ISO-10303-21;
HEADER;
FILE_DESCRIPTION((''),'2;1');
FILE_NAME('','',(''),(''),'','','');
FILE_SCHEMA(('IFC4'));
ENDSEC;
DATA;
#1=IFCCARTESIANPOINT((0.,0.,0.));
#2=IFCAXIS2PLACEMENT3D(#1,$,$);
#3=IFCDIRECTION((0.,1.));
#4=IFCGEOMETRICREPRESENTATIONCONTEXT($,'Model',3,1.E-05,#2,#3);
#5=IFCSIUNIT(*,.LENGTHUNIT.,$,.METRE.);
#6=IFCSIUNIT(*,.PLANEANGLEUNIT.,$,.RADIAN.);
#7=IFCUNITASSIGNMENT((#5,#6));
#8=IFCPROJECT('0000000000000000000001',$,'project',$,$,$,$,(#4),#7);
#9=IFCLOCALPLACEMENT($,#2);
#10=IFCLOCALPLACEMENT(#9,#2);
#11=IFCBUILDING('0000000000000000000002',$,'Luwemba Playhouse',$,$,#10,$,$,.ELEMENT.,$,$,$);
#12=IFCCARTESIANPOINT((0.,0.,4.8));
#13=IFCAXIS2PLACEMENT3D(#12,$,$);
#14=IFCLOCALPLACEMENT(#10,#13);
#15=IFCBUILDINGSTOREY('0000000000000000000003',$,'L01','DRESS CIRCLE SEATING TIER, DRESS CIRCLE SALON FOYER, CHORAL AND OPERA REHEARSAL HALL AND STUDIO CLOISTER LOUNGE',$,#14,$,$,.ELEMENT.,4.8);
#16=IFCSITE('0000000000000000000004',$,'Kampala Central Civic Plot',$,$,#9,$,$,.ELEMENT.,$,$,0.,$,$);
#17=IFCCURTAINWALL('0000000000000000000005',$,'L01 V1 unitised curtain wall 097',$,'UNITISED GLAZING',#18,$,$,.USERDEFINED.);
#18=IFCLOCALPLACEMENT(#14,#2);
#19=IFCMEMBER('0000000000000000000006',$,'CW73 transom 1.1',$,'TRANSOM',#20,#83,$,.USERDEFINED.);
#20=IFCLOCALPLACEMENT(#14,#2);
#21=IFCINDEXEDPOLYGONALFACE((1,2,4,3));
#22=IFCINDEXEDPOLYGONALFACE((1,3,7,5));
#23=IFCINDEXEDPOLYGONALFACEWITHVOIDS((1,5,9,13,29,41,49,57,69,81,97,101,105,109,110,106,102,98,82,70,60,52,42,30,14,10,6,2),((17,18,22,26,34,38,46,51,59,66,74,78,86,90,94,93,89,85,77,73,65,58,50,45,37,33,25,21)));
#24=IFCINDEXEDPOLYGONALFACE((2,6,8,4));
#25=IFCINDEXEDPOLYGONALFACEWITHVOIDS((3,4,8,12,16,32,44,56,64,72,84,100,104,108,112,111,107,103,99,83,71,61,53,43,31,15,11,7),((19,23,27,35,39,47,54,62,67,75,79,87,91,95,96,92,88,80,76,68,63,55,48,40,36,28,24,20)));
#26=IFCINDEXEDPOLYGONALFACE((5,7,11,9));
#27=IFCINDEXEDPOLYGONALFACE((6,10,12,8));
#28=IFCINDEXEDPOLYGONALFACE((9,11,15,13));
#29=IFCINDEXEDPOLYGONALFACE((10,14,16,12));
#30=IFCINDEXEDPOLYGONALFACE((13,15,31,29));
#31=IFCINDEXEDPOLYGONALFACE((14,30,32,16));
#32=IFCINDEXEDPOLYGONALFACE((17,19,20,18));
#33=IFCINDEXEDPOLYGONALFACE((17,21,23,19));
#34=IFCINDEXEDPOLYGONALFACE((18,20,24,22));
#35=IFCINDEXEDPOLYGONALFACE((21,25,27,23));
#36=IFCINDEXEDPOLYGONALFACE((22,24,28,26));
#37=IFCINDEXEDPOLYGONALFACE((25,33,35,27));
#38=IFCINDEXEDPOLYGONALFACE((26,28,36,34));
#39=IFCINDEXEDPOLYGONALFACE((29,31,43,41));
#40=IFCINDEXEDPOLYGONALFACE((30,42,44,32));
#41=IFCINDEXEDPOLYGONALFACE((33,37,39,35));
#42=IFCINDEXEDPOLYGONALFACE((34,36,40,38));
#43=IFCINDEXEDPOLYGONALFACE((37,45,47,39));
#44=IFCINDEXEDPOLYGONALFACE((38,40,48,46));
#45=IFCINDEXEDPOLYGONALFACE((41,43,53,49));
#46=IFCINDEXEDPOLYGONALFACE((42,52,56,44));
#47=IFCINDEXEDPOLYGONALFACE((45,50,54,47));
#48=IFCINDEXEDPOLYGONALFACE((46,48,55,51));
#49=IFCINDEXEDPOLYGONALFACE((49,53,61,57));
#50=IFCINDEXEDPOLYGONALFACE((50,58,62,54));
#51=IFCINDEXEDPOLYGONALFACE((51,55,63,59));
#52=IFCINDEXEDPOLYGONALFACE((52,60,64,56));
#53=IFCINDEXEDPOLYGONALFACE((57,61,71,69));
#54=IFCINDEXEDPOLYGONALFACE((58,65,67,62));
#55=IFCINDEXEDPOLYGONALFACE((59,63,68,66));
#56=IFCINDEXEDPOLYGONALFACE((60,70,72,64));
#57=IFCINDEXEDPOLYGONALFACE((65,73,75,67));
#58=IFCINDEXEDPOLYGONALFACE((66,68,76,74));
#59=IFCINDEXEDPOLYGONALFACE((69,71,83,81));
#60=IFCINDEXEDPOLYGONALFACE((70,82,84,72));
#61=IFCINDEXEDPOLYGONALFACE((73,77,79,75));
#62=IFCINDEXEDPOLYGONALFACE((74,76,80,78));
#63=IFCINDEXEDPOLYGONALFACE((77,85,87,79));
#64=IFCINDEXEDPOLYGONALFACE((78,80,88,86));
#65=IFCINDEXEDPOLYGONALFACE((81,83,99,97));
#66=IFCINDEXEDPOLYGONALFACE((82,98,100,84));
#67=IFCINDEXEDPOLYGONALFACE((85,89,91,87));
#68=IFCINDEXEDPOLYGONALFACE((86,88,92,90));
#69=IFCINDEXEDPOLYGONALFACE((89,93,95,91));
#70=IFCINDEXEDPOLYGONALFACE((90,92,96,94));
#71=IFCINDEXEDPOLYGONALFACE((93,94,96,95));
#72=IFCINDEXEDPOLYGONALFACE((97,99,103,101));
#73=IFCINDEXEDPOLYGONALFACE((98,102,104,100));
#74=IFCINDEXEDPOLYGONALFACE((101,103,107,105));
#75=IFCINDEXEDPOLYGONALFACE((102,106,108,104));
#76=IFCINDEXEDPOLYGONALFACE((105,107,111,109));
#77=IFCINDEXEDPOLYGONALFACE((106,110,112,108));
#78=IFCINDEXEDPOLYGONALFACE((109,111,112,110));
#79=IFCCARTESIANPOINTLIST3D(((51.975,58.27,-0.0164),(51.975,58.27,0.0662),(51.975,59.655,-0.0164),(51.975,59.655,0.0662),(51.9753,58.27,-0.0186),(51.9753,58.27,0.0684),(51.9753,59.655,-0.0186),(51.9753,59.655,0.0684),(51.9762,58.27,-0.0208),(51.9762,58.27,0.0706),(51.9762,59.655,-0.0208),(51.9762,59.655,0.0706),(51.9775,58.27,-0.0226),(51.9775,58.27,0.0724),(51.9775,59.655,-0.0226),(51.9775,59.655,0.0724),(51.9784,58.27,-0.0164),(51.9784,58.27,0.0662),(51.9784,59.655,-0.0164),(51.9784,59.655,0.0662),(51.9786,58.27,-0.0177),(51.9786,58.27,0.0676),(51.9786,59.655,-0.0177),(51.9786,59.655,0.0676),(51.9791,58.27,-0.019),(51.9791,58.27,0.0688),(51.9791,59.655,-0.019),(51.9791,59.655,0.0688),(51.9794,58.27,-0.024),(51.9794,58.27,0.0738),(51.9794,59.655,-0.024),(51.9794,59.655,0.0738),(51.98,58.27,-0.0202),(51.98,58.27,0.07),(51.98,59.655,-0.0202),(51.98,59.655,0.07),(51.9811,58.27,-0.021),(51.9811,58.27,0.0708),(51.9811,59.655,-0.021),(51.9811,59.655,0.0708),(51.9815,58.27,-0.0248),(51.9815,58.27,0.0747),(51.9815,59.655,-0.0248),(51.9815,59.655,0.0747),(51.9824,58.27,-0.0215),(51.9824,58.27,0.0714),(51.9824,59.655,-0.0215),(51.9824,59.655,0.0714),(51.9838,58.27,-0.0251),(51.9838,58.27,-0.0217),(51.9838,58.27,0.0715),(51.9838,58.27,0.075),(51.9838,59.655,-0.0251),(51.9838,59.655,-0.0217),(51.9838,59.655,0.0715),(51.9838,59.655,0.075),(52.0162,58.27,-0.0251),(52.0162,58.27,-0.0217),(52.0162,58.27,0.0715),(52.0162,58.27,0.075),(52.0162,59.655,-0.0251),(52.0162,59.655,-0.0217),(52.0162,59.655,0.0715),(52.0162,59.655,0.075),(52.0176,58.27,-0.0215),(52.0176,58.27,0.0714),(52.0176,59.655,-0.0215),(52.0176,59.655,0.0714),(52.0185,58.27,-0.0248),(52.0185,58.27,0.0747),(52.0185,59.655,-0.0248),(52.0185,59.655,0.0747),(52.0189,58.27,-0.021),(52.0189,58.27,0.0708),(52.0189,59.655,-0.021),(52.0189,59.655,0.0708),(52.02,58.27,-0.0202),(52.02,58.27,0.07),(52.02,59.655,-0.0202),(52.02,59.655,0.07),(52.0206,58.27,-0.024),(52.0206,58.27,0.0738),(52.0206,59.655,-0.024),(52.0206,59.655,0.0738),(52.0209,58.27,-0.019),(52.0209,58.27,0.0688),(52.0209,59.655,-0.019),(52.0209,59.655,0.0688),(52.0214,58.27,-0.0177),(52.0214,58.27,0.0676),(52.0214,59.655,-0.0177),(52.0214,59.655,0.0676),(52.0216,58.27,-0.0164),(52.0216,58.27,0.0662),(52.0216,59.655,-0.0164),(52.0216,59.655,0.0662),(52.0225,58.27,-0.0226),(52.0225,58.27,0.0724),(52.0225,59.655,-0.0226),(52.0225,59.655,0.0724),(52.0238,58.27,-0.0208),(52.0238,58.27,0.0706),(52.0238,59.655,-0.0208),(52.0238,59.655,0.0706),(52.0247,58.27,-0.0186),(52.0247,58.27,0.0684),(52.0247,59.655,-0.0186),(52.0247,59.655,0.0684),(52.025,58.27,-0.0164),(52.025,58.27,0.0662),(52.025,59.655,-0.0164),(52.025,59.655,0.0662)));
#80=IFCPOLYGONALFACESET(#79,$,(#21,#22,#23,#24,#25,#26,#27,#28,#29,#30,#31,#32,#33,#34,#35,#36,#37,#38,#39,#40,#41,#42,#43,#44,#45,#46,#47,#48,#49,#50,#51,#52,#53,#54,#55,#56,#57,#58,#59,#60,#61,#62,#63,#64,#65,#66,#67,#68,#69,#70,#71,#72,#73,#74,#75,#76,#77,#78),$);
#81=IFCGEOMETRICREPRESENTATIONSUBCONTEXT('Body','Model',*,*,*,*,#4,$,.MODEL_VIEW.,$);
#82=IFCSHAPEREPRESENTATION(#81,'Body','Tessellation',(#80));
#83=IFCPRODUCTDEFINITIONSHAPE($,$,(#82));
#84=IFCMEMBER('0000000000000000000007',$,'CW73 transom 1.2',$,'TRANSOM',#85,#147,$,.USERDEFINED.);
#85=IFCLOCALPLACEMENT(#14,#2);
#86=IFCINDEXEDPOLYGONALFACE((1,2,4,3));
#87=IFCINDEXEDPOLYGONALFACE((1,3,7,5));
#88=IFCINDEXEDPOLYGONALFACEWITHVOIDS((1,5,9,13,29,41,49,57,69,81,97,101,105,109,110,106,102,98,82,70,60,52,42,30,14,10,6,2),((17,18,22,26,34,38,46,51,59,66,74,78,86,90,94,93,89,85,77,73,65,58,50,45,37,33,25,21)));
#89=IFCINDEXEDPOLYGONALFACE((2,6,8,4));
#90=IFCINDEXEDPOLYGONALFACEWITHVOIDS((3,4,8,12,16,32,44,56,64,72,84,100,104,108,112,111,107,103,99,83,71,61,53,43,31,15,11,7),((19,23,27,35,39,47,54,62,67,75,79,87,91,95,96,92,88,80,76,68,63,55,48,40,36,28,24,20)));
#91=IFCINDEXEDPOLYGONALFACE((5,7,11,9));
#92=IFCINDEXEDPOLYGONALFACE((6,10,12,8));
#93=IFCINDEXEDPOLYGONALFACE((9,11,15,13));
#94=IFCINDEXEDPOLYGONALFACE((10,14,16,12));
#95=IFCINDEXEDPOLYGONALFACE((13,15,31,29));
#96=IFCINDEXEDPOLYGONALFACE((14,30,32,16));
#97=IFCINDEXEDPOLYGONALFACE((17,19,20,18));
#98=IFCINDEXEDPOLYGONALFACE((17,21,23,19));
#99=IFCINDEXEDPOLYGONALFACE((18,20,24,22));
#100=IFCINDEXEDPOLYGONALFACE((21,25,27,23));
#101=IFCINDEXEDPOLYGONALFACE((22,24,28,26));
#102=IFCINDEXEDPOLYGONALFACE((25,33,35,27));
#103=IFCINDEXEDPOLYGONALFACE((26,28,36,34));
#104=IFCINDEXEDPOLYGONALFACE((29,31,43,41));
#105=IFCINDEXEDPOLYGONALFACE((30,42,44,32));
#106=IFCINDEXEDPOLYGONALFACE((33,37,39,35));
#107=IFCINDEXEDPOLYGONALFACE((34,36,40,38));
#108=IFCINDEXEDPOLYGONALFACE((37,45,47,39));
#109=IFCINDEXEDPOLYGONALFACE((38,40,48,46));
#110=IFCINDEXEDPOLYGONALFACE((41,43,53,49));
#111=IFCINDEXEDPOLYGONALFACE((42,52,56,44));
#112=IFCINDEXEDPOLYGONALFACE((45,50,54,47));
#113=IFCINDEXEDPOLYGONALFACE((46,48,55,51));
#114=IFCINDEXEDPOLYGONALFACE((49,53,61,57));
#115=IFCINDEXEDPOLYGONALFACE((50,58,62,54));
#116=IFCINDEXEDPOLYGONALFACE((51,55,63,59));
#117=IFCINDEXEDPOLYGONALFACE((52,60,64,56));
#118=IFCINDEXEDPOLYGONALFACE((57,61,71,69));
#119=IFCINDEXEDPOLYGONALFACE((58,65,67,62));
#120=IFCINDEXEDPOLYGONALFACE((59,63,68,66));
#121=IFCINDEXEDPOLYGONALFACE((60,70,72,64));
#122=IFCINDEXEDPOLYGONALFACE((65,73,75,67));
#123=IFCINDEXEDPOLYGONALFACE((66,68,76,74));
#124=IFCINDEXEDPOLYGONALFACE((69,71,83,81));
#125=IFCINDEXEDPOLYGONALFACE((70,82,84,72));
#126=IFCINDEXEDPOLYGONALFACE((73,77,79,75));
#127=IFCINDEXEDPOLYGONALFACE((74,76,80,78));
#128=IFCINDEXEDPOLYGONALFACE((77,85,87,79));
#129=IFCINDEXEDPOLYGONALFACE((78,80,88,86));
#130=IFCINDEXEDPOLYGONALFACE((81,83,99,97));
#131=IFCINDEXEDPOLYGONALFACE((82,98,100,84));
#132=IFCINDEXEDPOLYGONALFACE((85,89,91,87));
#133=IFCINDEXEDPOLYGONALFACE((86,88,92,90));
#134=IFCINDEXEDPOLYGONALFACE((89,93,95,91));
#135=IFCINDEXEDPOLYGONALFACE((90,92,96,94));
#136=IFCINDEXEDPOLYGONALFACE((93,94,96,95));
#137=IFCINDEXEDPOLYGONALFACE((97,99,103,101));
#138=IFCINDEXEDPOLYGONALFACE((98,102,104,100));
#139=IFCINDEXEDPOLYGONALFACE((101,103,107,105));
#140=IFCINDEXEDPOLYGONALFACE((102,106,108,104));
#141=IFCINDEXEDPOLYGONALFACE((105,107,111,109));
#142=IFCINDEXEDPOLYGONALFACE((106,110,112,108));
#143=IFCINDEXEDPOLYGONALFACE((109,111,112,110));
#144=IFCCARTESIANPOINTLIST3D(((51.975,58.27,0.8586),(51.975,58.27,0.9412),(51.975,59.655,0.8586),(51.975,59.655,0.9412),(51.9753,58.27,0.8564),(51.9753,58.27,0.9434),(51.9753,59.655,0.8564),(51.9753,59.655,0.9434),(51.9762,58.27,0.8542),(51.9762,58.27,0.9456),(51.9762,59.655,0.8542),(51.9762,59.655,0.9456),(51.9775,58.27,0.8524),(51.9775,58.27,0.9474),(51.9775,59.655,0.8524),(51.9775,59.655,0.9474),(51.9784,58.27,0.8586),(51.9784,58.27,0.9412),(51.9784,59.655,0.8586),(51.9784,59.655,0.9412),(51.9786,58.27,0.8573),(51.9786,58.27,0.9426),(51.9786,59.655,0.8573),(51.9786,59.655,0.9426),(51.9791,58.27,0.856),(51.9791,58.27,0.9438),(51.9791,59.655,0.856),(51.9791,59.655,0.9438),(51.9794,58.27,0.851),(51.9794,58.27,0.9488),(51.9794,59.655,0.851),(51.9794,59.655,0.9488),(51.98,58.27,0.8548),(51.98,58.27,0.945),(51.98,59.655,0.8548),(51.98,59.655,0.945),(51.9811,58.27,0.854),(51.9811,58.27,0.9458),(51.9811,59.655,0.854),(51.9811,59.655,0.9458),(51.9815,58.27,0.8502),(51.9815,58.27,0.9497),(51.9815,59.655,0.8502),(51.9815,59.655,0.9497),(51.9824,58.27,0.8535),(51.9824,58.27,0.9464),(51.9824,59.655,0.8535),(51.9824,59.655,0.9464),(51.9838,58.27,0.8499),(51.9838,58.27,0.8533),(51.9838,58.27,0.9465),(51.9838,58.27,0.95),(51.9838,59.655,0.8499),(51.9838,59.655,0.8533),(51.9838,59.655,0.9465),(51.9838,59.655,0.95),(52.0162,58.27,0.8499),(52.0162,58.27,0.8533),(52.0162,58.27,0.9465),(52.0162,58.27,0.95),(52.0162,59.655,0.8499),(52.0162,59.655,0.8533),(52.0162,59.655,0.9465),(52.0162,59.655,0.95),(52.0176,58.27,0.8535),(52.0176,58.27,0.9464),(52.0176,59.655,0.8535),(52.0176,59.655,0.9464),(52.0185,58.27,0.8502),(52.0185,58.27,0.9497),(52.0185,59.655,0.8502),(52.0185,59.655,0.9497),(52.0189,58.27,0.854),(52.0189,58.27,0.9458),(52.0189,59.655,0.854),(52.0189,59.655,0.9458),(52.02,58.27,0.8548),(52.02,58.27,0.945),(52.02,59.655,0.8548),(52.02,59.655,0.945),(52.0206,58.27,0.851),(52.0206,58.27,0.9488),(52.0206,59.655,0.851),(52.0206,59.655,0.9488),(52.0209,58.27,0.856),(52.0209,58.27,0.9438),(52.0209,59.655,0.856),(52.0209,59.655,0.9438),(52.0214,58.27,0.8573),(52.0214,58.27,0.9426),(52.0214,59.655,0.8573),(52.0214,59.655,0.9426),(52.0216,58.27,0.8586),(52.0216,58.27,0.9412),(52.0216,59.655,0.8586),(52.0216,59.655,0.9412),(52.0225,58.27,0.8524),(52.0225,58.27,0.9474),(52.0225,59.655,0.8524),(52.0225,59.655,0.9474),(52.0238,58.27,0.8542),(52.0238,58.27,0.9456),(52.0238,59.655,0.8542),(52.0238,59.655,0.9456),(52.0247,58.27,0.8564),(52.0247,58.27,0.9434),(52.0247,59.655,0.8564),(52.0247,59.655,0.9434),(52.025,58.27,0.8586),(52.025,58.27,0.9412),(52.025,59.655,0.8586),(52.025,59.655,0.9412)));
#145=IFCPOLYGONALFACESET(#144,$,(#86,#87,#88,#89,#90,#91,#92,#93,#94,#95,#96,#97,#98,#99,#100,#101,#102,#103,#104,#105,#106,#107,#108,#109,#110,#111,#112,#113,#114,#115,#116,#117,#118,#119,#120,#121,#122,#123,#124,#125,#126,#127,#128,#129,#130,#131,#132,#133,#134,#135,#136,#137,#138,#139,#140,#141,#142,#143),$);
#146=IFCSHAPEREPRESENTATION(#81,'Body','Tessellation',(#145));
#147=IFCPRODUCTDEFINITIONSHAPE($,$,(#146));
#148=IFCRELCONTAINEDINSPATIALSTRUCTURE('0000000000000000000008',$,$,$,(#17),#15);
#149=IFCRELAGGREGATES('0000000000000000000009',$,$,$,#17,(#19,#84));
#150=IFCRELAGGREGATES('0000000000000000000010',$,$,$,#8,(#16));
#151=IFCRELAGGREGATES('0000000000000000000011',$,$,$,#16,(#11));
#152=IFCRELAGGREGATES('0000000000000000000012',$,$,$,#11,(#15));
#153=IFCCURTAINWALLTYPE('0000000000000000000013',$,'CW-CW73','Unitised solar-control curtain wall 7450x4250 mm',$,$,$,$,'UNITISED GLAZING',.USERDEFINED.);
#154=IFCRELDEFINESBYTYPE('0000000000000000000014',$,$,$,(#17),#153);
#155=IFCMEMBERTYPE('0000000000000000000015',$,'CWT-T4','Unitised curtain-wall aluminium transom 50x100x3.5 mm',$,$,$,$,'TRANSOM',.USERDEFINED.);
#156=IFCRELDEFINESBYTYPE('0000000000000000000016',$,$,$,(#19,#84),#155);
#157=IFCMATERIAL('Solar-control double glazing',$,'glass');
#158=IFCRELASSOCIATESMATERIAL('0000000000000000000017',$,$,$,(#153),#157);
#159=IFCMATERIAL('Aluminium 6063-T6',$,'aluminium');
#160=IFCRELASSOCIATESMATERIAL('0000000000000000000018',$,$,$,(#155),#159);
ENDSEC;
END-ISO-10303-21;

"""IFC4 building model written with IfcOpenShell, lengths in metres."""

from ifc_helpers import new_model, si_unit, direction, frame, origin, origin_2d, place, context, subcontext, project, spatial, hollow_rectangle, extrude, material, material_profile, profile_set, type_object, element, aggregate, save


model = new_model("IFC4")

# Units and contexts
model_context = context("Model", 3, precision=1e-05, world=origin(), true_north=direction((0.0, 1.0)))
body_context = subcontext(model_context, "Body", "Model", "MODEL_VIEW")
ifc_project = project(units=[si_unit("LENGTHUNIT", "METRE"), si_unit("PLANEANGLEUNIT", "RADIAN")], contexts=[model_context])

# Site, building, storey
site_placement = place(None, origin())
site = spatial("IfcSite", under=ifc_project, at=site_placement, Name="Kampala Central Civic Plot", CompositionType="ELEMENT", RefElevation=0.0)
building_placement = place(site_placement, origin())
building = spatial("IfcBuilding", under=site, at=building_placement, Name="Luwemba Playhouse", CompositionType="ELEMENT")
storey_placement = place(building_placement, frame((0.0, 0.0, 4.8)))
storey = spatial("IfcBuildingStorey", under=building, at=storey_placement, Name="L01", Description="DRESS CIRCLE SEATING TIER, DRESS CIRCLE SALON FOYER, CHORAL AND OPERA REHEARSAL HALL AND STUDIO CLOISTER LOUNGE", CompositionType="ELEMENT", Elevation=4.8)

# Curtain wall, members
ifc_material_1 = material(Name="Solar-control double glazing", Category="glass")
curtain_wall_type = type_object("IfcCurtainWallType", Name="CW-CW73", Description="Unitised solar-control curtain wall 7450x4250 mm", ElementType="UNITISED GLAZING", PredefinedType="USERDEFINED", material=ifc_material_1)
curtain_wall_placement = place(storey_placement, origin())
curtain_wall = element("IfcCurtainWall", 1, at=curtain_wall_placement, inside=storey, type_object=curtain_wall_type, Name="L01 V1 unitised curtain wall 097", ObjectType="UNITISED GLAZING", PredefinedType="USERDEFINED")
ifc_material_2 = material(Name="Aluminium 6063-T6", Category="aluminium")
ifc_material_profile_1 = material_profile(ifc_material_2, hollow_rectangle(XDim=0.05, YDim=0.1001, WallThickness=0.0034, InnerFilletRadius=0.0054, OuterFilletRadius=0.0088, at=origin_2d()))
ifc_profile_set_1 = profile_set([ifc_material_profile_1], Name="Aluminium 6063-T6")
member_type_1 = type_object("IfcMemberType", Name="CWT-T4", Description="Unitised curtain-wall aluminium transom 50x100x3.5 mm", ElementType="TRANSOM", PredefinedType="USERDEFINED", material=ifc_profile_set_1)
member_1_placement = place(storey_placement, frame((52.0, 59.655, 0.0249), z_axis=(0.0, -1.0, 0.0), x_axis=(1.0, 0.0, 0.0)))
member_1 = element("IfcMember", 2, at=member_1_placement, type_object=member_type_1, Name="CW73 transom 1.1", ObjectType="TRANSOM", PredefinedType="USERDEFINED", context=body_context, shape_type="SweptSolid", body=[
    extrude(hollow_rectangle(XDim=0.05, YDim=0.1001, WallThickness=0.0034, InnerFilletRadius=0.0054, OuterFilletRadius=0.0088, at=origin_2d()), origin(), (0.0, 0.0, 1.0), 1.385),
])
member_2_placement = place(storey_placement, frame((52.0, 59.655, 0.8999), z_axis=(0.0, -1.0, 0.0), x_axis=(1.0, 0.0, 0.0)))
member_2 = element("IfcMember", 3, at=member_2_placement, type_object=member_type_1, Name="CW73 transom 1.2", ObjectType="TRANSOM", PredefinedType="USERDEFINED", context=body_context, shape_type="SweptSolid", body=[
    extrude(hollow_rectangle(XDim=0.05, YDim=0.1001, WallThickness=0.0034, InnerFilletRadius=0.0054, OuterFilletRadius=0.0088, at=origin_2d()), origin(), (0.0, 0.0, 1.0), 1.385),
])
aggregate(curtain_wall, [member_1, member_2])

save(model, "model.ifc")
